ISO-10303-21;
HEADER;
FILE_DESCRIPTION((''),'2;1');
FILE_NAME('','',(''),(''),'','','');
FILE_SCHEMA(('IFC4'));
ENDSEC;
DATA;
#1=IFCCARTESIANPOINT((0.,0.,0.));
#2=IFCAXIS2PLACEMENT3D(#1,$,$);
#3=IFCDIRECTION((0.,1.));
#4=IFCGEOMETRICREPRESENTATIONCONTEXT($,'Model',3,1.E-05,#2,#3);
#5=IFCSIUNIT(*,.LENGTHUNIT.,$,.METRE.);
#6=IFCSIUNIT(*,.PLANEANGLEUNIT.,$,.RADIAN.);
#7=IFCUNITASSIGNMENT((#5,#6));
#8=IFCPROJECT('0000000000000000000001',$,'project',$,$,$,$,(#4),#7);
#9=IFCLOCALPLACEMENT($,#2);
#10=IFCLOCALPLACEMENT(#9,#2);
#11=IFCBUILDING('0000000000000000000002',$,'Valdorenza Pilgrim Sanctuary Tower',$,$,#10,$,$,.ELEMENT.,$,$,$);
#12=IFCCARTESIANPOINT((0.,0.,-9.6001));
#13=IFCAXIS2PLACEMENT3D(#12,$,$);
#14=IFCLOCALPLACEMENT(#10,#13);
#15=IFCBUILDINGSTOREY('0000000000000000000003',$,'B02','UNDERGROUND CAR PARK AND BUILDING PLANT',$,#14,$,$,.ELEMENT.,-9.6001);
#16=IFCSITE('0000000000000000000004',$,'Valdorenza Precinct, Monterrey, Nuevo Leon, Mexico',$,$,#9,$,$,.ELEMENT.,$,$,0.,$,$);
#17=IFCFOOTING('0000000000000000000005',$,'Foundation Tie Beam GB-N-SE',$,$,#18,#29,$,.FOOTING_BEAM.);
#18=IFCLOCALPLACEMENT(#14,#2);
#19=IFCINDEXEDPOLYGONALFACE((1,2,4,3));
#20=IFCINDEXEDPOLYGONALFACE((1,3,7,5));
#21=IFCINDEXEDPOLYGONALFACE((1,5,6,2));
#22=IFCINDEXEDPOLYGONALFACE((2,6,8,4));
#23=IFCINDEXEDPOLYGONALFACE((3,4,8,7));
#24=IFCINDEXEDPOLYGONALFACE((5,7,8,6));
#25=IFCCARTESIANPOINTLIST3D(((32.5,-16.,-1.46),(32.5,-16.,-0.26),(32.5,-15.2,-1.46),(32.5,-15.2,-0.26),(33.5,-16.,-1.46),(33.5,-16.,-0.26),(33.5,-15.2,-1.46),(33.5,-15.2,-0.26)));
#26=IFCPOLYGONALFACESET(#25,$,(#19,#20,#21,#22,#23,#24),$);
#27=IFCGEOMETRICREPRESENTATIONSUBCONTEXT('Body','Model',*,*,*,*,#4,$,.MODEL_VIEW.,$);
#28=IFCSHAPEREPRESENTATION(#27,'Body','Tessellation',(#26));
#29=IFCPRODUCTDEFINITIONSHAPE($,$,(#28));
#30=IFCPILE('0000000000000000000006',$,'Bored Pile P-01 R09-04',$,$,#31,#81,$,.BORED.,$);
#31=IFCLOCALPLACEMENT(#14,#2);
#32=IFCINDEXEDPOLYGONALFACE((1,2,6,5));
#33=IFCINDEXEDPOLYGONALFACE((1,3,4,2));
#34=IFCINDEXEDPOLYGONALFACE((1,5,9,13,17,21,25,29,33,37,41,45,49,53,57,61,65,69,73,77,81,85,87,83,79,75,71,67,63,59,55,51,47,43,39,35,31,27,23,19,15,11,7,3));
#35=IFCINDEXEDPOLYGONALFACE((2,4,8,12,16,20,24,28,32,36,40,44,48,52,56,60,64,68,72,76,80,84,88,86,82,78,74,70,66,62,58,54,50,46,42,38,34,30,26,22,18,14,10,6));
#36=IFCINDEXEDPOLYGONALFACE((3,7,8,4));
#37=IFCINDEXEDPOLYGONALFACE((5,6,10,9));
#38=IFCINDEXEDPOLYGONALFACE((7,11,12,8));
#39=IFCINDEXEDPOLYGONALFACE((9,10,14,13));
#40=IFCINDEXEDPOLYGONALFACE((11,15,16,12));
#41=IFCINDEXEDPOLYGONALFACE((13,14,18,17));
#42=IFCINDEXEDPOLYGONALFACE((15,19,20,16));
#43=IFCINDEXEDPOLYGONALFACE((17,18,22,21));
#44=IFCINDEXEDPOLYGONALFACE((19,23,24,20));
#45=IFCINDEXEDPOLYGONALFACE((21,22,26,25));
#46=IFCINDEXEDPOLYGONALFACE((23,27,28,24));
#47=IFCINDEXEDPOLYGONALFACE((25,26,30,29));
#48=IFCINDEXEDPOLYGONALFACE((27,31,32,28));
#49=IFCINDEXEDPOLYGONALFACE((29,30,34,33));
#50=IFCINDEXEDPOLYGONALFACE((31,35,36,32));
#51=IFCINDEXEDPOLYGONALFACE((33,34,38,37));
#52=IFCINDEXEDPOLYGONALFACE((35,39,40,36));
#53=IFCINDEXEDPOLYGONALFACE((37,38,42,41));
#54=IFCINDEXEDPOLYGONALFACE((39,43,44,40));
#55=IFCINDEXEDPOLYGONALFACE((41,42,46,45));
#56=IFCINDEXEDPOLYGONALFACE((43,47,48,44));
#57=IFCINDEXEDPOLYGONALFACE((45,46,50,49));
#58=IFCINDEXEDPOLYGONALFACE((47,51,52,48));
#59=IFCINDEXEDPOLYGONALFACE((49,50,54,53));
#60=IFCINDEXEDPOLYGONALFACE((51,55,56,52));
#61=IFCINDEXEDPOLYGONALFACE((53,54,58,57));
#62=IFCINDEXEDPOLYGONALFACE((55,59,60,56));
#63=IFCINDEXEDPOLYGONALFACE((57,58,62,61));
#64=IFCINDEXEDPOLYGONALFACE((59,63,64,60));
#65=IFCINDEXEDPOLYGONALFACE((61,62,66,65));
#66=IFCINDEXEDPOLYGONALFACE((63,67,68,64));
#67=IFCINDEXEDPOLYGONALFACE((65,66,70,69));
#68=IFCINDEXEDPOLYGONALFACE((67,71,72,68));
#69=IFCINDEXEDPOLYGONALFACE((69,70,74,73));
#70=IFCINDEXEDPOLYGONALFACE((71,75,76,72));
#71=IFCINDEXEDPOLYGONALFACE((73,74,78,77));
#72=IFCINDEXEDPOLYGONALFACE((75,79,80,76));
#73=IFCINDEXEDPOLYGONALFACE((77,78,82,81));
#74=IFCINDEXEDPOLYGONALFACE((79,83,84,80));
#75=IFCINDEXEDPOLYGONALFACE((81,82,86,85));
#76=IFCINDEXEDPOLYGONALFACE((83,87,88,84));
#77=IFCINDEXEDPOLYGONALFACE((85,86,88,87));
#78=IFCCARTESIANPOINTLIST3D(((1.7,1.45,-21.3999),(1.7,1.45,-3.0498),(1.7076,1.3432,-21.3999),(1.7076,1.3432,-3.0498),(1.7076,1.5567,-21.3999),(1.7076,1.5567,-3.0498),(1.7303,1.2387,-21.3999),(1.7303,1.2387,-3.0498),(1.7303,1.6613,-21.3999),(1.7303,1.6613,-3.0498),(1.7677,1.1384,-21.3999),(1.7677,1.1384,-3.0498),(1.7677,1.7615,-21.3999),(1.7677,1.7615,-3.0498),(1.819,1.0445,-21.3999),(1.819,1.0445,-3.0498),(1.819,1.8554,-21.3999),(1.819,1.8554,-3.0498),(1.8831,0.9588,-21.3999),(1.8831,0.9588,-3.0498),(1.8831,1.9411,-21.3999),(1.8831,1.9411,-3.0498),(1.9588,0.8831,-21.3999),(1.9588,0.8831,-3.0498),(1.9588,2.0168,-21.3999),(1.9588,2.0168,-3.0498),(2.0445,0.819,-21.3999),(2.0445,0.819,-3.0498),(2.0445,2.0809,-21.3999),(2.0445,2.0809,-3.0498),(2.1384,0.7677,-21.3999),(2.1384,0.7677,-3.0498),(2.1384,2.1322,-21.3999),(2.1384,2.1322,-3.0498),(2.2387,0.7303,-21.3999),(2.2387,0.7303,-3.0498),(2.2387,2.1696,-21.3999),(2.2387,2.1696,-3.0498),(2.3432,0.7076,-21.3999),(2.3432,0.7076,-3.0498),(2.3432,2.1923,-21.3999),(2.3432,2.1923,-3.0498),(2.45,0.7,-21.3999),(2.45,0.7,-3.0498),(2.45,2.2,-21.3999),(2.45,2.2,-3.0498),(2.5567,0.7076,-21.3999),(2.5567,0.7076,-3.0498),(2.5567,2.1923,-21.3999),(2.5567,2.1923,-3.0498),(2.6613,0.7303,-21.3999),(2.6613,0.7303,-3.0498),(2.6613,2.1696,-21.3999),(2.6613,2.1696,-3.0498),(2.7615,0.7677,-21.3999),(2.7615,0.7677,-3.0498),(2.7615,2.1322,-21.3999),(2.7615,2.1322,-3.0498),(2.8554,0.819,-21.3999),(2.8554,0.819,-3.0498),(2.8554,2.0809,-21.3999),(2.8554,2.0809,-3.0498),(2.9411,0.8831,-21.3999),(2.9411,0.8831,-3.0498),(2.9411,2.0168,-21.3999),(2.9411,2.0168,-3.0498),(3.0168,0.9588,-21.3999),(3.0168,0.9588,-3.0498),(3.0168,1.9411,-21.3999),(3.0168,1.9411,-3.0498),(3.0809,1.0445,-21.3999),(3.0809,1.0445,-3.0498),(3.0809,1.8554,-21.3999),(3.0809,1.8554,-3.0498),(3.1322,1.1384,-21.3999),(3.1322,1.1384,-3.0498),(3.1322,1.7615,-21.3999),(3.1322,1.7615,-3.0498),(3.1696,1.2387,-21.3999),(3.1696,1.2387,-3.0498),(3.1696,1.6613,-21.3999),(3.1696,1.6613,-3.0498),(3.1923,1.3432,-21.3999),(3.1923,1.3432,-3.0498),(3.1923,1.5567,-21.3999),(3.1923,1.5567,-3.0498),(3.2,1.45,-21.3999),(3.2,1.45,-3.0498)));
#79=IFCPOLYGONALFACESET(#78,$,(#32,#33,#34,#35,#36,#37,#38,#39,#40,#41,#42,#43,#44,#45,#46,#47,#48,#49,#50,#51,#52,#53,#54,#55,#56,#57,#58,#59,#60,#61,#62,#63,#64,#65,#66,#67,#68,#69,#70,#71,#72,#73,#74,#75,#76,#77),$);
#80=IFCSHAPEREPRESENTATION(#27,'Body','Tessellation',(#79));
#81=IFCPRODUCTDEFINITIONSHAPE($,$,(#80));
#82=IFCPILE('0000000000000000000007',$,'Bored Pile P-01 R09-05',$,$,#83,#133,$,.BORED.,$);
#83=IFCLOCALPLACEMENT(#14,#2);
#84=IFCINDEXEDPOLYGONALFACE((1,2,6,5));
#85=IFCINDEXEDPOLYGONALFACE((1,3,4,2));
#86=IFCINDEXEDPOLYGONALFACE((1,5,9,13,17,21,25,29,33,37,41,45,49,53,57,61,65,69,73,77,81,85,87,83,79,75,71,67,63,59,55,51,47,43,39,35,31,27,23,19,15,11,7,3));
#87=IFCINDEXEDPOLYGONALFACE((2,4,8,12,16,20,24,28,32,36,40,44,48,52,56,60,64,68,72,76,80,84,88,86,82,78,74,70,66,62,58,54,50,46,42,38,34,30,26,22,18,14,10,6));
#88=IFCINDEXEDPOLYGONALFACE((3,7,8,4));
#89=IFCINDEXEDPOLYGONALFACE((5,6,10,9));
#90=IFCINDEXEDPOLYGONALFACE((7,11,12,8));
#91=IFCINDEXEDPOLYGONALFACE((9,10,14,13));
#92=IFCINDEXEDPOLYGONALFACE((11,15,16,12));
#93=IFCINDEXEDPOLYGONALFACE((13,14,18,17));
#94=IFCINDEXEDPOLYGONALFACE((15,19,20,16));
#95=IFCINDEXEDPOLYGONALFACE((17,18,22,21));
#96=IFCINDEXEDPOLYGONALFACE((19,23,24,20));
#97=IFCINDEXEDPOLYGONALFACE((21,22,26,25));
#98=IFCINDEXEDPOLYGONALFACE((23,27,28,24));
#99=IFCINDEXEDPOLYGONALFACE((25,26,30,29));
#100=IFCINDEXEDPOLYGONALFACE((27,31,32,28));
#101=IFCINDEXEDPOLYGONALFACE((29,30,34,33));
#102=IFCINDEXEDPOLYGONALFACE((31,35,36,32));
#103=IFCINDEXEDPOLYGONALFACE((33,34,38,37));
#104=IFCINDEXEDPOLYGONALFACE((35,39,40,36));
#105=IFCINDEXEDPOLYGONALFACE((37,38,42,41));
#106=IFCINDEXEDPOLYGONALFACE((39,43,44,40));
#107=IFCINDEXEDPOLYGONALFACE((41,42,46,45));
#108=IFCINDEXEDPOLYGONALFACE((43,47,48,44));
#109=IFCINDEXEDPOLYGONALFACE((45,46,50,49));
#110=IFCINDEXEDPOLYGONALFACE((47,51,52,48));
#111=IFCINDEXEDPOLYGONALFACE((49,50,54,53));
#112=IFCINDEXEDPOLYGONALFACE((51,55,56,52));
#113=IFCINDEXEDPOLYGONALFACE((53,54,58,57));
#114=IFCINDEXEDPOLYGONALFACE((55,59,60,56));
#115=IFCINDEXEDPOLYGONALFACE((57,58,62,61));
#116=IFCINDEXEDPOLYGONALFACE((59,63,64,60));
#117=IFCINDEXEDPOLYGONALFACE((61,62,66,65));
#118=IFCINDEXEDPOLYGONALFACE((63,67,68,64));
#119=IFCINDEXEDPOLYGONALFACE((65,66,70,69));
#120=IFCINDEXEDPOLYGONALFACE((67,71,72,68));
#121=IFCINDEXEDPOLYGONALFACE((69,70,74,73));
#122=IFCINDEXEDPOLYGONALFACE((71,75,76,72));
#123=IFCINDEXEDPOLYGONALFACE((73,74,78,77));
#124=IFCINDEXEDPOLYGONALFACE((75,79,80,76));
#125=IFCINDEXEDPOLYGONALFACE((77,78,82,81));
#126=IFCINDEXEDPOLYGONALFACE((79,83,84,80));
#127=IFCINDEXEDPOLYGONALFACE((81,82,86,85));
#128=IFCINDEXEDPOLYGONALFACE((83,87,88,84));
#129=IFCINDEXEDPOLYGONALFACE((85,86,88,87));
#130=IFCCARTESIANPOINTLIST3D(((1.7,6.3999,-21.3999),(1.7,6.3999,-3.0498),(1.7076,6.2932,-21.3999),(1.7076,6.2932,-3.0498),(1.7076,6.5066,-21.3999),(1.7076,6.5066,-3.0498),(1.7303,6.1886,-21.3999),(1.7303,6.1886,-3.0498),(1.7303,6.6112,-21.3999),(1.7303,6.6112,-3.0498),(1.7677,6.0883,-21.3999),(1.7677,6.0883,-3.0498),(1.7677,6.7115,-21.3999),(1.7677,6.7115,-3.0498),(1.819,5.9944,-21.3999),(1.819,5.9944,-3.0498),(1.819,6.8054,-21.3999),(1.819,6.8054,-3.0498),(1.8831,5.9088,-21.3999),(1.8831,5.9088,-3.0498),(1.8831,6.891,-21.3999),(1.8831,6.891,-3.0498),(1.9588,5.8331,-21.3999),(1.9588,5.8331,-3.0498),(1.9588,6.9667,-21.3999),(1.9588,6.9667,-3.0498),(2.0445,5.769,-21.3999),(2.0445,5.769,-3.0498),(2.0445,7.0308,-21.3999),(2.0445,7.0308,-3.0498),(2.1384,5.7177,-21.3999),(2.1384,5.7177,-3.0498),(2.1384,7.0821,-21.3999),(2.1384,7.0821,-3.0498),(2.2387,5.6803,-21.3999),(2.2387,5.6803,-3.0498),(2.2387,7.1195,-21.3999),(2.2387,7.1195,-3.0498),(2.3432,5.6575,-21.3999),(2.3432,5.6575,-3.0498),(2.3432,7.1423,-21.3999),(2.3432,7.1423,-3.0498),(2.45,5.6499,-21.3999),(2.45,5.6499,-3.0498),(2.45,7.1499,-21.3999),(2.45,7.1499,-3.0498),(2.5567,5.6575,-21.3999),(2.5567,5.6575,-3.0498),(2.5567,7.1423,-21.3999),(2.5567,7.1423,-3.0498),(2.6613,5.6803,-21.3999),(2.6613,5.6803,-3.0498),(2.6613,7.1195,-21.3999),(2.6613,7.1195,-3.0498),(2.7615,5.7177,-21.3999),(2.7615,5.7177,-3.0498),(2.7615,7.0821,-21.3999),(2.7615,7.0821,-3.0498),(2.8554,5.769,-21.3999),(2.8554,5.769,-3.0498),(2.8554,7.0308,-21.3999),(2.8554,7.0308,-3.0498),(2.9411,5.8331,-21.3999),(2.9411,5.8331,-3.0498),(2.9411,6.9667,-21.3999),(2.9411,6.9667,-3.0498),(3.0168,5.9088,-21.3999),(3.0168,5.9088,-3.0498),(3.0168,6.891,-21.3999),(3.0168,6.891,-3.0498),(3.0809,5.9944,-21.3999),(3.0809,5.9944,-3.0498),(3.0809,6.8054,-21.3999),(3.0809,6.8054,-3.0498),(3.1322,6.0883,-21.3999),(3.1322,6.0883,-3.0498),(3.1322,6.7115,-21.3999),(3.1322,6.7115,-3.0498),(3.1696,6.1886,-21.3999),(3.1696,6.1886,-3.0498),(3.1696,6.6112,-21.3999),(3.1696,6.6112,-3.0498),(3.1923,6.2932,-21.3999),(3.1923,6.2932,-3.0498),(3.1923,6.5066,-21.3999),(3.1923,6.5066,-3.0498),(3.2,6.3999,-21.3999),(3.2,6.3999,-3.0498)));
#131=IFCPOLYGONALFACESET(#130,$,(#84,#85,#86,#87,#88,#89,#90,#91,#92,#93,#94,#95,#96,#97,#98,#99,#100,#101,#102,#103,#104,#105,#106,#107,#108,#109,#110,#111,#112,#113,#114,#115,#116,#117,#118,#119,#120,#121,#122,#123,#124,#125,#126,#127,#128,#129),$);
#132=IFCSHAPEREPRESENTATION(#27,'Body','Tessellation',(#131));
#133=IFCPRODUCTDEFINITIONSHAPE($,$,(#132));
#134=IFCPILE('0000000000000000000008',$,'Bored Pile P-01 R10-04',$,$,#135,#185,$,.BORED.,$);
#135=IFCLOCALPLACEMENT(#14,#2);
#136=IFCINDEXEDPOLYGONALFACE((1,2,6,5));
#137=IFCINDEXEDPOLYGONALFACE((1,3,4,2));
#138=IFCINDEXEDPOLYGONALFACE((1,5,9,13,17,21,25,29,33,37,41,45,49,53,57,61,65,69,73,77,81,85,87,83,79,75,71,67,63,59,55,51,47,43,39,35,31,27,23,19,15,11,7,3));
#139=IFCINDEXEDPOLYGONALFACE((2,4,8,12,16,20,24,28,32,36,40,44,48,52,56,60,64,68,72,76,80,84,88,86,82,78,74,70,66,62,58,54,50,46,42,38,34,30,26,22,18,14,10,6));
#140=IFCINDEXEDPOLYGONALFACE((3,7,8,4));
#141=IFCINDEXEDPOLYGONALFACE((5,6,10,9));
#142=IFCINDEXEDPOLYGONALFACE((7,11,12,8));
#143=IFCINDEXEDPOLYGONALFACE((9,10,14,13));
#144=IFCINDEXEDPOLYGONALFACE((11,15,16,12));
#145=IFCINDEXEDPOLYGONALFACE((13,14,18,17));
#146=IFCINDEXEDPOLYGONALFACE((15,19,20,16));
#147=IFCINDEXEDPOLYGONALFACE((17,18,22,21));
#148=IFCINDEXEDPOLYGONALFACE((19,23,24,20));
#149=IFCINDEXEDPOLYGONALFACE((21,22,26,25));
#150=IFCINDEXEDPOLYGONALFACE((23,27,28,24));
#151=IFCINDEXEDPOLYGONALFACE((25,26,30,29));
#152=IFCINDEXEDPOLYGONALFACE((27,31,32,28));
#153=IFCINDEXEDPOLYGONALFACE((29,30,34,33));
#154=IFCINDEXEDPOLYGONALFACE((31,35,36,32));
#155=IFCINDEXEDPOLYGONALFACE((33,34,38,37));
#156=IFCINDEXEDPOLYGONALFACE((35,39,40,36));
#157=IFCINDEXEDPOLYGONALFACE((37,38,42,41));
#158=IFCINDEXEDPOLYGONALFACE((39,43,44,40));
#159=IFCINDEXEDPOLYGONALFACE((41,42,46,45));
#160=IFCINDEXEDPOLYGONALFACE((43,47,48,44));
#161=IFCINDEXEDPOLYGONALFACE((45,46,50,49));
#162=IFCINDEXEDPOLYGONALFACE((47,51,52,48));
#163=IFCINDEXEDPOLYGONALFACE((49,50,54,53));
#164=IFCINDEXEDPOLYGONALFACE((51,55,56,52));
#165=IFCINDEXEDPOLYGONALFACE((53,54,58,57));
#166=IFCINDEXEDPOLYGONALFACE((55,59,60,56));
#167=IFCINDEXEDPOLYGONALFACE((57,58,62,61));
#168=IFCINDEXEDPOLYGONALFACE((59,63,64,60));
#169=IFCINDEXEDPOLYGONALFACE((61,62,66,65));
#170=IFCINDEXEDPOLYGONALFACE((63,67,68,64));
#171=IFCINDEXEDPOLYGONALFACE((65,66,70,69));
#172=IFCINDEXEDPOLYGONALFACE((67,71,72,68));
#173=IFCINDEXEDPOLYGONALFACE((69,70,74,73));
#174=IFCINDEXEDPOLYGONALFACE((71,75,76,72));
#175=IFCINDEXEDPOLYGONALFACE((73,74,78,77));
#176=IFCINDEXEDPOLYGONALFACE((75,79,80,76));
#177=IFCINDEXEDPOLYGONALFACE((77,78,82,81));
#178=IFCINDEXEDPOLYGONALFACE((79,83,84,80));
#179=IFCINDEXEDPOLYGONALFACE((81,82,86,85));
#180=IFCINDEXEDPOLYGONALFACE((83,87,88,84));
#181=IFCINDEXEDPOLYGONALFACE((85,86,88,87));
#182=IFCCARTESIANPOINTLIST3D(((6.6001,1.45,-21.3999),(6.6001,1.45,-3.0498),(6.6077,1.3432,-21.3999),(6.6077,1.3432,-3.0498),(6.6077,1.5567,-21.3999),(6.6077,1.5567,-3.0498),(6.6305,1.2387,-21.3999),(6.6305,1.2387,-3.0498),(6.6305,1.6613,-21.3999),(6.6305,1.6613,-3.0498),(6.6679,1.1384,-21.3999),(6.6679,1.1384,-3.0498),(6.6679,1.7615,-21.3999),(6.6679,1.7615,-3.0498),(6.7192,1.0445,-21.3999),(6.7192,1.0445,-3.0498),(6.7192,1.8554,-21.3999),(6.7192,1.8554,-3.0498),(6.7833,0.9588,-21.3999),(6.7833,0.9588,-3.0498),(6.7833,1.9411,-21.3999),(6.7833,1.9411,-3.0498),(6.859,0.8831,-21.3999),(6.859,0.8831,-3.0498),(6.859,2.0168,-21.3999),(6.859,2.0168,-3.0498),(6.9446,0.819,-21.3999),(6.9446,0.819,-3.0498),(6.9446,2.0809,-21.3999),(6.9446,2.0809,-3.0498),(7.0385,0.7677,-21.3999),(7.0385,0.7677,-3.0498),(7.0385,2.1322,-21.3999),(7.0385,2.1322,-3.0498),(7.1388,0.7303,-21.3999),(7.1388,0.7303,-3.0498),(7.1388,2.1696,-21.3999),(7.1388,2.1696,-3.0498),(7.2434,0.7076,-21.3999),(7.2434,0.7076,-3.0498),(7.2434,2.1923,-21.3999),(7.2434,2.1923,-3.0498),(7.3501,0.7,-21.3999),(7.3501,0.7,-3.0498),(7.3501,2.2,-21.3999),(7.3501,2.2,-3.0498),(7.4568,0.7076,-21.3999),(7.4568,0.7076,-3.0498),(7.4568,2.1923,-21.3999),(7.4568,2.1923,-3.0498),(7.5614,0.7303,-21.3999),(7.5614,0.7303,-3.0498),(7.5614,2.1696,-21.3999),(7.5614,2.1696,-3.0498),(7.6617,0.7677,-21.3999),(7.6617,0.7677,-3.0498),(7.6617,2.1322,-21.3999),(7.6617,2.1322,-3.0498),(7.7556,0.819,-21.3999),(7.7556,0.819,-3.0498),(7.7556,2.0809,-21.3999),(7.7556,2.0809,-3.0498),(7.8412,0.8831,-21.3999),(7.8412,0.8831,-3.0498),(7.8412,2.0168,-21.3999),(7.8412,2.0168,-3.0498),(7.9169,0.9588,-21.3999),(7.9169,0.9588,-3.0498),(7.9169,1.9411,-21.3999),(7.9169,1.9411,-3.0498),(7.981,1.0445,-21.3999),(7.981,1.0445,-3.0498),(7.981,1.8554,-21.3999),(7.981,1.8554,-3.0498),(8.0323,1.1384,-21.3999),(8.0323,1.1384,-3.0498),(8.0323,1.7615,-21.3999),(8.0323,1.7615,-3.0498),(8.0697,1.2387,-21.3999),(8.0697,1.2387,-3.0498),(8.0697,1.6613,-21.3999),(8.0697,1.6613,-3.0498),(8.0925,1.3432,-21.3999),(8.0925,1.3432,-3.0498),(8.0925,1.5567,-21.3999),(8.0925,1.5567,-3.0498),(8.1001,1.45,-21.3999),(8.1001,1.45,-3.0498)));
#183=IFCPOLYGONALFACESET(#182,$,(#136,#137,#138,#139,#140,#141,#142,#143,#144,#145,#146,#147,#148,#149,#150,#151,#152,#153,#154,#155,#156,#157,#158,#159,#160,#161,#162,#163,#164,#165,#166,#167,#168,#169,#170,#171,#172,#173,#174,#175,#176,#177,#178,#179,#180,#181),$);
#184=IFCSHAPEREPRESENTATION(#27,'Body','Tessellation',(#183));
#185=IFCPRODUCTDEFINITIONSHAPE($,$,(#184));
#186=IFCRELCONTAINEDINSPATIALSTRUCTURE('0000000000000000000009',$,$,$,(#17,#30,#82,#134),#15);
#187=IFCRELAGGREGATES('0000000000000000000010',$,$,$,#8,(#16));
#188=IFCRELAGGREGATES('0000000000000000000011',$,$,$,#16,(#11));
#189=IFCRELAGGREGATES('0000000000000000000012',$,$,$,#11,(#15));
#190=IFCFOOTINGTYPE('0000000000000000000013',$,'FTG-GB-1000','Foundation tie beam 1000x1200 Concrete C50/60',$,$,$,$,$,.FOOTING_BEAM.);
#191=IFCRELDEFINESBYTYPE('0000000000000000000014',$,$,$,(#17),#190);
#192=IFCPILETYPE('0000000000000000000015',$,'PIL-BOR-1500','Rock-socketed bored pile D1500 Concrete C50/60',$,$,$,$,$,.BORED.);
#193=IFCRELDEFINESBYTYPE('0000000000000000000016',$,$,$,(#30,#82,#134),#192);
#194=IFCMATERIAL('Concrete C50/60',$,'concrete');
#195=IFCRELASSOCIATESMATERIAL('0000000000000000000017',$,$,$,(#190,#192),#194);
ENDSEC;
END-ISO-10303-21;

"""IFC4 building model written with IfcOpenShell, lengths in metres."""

from ifc_helpers import new_model, si_unit, direction, frame, origin, origin_2d, place, context, subcontext, project, spatial, polyline, circle, outline, extrude, source, transform, mapped, material, material_profile, profile_set, type_object, element, save


model = new_model("IFC4")

# Units and contexts
model_context = context("Model", 3, precision=1e-05, world=origin(), true_north=direction((0.0, 1.0)))
body_context = subcontext(model_context, "Body", "Model", "MODEL_VIEW")
ifc_project = project(units=[si_unit("LENGTHUNIT", "METRE"), si_unit("PLANEANGLEUNIT", "RADIAN")], contexts=[model_context])

# Site, building, storey
site_placement = place(None, origin())
site = spatial("IfcSite", under=ifc_project, at=site_placement, Name="Valdorenza Precinct, Monterrey, Nuevo Leon, Mexico", CompositionType="ELEMENT", RefElevation=0.0)
building_placement = place(site_placement, origin())
building = spatial("IfcBuilding", under=site, at=building_placement, Name="Valdorenza Pilgrim Sanctuary Tower", CompositionType="ELEMENT")
storey_placement = place(building_placement, frame((0.0, 0.0, -9.6001)))
storey = spatial("IfcBuildingStorey", under=building, at=storey_placement, Name="B02", Description="UNDERGROUND CAR PARK AND BUILDING PLANT", CompositionType="ELEMENT", Elevation=-9.6001)

# Footing
ifc_material_1 = material(Name="Concrete C50/60", Category="concrete")
footing_type = type_object("IfcFootingType", Name="FTG-GB-1000", Description="Foundation tie beam 1000x1200 Concrete C50/60", PredefinedType="FOOTING_BEAM", material=ifc_material_1)
footing_placement = place(storey_placement, frame((0.0, 0.0, -1.46)))
element("IfcFooting", 1, at=footing_placement, inside=storey, type_object=footing_type, Name="Foundation Tie Beam GB-N-SE", PredefinedType="FOOTING_BEAM", context=body_context, shape_type="SweptSolid", body=[
    extrude(outline(polyline([(32.5, -16.0), (33.5, -16.0), (33.5, -15.2), (32.5, -15.2), (32.5, -16.0)])), origin(), (0.0, 0.0, 1.0), 1.2),
])

# Piles
ifc_material_profile = material_profile(ifc_material_1, circle(Radius=0.75, at=origin_2d()), Name="BORED PILE 1500")
ifc_profile_set = profile_set([ifc_material_profile], Name="Concrete C50/60")
pile_type = type_object("IfcPileType", Name="PIL-BOR-1500", Description="Rock-socketed bored pile D1500 Concrete C50/60", PredefinedType="BORED", material=ifc_profile_set)
shared_shape = source(origin(), body_context, "Body", "SweptSolid", [
    extrude(circle(Radius=0.75, at=origin_2d()), origin(), (0.0, 0.0, 1.0), 18.3501),
])
for number, where, z_axis, x_axis, name in (
    (2, (2.45, 1.45, -3.0498), (0.0, 0.0, -1.0), (1.0, 0.0, 0.0), "Bored Pile P-01 R09-04"),
    (3, (2.45, 6.3999, -3.0498), (0.0, 0.0, -1.0), (1.0, 0.0, 0.0), "Bored Pile P-01 R09-05"),
    (4, (7.3501, 1.45, -3.0498), (0.0, 0.0, -1.0), (1.0, 0.0, 0.0), "Bored Pile P-01 R10-04"),
):
    element("IfcPile", number, at=place(storey_placement, frame(where, z_axis=z_axis, x_axis=x_axis)), inside=storey, type_object=pile_type, Name=name, PredefinedType="BORED", context=body_context, shape_type="MappedRepresentation", body=[
        mapped(shared_shape, transform((0.0, 0.0, 0.0), x_axis=(1.0, 0.0, 0.0), y_axis=(0.0, 1.0, 0.0), z_axis=(0.0, 0.0, 1.0), scale=1.0)),
    ])

save(model, "model.ifc")
